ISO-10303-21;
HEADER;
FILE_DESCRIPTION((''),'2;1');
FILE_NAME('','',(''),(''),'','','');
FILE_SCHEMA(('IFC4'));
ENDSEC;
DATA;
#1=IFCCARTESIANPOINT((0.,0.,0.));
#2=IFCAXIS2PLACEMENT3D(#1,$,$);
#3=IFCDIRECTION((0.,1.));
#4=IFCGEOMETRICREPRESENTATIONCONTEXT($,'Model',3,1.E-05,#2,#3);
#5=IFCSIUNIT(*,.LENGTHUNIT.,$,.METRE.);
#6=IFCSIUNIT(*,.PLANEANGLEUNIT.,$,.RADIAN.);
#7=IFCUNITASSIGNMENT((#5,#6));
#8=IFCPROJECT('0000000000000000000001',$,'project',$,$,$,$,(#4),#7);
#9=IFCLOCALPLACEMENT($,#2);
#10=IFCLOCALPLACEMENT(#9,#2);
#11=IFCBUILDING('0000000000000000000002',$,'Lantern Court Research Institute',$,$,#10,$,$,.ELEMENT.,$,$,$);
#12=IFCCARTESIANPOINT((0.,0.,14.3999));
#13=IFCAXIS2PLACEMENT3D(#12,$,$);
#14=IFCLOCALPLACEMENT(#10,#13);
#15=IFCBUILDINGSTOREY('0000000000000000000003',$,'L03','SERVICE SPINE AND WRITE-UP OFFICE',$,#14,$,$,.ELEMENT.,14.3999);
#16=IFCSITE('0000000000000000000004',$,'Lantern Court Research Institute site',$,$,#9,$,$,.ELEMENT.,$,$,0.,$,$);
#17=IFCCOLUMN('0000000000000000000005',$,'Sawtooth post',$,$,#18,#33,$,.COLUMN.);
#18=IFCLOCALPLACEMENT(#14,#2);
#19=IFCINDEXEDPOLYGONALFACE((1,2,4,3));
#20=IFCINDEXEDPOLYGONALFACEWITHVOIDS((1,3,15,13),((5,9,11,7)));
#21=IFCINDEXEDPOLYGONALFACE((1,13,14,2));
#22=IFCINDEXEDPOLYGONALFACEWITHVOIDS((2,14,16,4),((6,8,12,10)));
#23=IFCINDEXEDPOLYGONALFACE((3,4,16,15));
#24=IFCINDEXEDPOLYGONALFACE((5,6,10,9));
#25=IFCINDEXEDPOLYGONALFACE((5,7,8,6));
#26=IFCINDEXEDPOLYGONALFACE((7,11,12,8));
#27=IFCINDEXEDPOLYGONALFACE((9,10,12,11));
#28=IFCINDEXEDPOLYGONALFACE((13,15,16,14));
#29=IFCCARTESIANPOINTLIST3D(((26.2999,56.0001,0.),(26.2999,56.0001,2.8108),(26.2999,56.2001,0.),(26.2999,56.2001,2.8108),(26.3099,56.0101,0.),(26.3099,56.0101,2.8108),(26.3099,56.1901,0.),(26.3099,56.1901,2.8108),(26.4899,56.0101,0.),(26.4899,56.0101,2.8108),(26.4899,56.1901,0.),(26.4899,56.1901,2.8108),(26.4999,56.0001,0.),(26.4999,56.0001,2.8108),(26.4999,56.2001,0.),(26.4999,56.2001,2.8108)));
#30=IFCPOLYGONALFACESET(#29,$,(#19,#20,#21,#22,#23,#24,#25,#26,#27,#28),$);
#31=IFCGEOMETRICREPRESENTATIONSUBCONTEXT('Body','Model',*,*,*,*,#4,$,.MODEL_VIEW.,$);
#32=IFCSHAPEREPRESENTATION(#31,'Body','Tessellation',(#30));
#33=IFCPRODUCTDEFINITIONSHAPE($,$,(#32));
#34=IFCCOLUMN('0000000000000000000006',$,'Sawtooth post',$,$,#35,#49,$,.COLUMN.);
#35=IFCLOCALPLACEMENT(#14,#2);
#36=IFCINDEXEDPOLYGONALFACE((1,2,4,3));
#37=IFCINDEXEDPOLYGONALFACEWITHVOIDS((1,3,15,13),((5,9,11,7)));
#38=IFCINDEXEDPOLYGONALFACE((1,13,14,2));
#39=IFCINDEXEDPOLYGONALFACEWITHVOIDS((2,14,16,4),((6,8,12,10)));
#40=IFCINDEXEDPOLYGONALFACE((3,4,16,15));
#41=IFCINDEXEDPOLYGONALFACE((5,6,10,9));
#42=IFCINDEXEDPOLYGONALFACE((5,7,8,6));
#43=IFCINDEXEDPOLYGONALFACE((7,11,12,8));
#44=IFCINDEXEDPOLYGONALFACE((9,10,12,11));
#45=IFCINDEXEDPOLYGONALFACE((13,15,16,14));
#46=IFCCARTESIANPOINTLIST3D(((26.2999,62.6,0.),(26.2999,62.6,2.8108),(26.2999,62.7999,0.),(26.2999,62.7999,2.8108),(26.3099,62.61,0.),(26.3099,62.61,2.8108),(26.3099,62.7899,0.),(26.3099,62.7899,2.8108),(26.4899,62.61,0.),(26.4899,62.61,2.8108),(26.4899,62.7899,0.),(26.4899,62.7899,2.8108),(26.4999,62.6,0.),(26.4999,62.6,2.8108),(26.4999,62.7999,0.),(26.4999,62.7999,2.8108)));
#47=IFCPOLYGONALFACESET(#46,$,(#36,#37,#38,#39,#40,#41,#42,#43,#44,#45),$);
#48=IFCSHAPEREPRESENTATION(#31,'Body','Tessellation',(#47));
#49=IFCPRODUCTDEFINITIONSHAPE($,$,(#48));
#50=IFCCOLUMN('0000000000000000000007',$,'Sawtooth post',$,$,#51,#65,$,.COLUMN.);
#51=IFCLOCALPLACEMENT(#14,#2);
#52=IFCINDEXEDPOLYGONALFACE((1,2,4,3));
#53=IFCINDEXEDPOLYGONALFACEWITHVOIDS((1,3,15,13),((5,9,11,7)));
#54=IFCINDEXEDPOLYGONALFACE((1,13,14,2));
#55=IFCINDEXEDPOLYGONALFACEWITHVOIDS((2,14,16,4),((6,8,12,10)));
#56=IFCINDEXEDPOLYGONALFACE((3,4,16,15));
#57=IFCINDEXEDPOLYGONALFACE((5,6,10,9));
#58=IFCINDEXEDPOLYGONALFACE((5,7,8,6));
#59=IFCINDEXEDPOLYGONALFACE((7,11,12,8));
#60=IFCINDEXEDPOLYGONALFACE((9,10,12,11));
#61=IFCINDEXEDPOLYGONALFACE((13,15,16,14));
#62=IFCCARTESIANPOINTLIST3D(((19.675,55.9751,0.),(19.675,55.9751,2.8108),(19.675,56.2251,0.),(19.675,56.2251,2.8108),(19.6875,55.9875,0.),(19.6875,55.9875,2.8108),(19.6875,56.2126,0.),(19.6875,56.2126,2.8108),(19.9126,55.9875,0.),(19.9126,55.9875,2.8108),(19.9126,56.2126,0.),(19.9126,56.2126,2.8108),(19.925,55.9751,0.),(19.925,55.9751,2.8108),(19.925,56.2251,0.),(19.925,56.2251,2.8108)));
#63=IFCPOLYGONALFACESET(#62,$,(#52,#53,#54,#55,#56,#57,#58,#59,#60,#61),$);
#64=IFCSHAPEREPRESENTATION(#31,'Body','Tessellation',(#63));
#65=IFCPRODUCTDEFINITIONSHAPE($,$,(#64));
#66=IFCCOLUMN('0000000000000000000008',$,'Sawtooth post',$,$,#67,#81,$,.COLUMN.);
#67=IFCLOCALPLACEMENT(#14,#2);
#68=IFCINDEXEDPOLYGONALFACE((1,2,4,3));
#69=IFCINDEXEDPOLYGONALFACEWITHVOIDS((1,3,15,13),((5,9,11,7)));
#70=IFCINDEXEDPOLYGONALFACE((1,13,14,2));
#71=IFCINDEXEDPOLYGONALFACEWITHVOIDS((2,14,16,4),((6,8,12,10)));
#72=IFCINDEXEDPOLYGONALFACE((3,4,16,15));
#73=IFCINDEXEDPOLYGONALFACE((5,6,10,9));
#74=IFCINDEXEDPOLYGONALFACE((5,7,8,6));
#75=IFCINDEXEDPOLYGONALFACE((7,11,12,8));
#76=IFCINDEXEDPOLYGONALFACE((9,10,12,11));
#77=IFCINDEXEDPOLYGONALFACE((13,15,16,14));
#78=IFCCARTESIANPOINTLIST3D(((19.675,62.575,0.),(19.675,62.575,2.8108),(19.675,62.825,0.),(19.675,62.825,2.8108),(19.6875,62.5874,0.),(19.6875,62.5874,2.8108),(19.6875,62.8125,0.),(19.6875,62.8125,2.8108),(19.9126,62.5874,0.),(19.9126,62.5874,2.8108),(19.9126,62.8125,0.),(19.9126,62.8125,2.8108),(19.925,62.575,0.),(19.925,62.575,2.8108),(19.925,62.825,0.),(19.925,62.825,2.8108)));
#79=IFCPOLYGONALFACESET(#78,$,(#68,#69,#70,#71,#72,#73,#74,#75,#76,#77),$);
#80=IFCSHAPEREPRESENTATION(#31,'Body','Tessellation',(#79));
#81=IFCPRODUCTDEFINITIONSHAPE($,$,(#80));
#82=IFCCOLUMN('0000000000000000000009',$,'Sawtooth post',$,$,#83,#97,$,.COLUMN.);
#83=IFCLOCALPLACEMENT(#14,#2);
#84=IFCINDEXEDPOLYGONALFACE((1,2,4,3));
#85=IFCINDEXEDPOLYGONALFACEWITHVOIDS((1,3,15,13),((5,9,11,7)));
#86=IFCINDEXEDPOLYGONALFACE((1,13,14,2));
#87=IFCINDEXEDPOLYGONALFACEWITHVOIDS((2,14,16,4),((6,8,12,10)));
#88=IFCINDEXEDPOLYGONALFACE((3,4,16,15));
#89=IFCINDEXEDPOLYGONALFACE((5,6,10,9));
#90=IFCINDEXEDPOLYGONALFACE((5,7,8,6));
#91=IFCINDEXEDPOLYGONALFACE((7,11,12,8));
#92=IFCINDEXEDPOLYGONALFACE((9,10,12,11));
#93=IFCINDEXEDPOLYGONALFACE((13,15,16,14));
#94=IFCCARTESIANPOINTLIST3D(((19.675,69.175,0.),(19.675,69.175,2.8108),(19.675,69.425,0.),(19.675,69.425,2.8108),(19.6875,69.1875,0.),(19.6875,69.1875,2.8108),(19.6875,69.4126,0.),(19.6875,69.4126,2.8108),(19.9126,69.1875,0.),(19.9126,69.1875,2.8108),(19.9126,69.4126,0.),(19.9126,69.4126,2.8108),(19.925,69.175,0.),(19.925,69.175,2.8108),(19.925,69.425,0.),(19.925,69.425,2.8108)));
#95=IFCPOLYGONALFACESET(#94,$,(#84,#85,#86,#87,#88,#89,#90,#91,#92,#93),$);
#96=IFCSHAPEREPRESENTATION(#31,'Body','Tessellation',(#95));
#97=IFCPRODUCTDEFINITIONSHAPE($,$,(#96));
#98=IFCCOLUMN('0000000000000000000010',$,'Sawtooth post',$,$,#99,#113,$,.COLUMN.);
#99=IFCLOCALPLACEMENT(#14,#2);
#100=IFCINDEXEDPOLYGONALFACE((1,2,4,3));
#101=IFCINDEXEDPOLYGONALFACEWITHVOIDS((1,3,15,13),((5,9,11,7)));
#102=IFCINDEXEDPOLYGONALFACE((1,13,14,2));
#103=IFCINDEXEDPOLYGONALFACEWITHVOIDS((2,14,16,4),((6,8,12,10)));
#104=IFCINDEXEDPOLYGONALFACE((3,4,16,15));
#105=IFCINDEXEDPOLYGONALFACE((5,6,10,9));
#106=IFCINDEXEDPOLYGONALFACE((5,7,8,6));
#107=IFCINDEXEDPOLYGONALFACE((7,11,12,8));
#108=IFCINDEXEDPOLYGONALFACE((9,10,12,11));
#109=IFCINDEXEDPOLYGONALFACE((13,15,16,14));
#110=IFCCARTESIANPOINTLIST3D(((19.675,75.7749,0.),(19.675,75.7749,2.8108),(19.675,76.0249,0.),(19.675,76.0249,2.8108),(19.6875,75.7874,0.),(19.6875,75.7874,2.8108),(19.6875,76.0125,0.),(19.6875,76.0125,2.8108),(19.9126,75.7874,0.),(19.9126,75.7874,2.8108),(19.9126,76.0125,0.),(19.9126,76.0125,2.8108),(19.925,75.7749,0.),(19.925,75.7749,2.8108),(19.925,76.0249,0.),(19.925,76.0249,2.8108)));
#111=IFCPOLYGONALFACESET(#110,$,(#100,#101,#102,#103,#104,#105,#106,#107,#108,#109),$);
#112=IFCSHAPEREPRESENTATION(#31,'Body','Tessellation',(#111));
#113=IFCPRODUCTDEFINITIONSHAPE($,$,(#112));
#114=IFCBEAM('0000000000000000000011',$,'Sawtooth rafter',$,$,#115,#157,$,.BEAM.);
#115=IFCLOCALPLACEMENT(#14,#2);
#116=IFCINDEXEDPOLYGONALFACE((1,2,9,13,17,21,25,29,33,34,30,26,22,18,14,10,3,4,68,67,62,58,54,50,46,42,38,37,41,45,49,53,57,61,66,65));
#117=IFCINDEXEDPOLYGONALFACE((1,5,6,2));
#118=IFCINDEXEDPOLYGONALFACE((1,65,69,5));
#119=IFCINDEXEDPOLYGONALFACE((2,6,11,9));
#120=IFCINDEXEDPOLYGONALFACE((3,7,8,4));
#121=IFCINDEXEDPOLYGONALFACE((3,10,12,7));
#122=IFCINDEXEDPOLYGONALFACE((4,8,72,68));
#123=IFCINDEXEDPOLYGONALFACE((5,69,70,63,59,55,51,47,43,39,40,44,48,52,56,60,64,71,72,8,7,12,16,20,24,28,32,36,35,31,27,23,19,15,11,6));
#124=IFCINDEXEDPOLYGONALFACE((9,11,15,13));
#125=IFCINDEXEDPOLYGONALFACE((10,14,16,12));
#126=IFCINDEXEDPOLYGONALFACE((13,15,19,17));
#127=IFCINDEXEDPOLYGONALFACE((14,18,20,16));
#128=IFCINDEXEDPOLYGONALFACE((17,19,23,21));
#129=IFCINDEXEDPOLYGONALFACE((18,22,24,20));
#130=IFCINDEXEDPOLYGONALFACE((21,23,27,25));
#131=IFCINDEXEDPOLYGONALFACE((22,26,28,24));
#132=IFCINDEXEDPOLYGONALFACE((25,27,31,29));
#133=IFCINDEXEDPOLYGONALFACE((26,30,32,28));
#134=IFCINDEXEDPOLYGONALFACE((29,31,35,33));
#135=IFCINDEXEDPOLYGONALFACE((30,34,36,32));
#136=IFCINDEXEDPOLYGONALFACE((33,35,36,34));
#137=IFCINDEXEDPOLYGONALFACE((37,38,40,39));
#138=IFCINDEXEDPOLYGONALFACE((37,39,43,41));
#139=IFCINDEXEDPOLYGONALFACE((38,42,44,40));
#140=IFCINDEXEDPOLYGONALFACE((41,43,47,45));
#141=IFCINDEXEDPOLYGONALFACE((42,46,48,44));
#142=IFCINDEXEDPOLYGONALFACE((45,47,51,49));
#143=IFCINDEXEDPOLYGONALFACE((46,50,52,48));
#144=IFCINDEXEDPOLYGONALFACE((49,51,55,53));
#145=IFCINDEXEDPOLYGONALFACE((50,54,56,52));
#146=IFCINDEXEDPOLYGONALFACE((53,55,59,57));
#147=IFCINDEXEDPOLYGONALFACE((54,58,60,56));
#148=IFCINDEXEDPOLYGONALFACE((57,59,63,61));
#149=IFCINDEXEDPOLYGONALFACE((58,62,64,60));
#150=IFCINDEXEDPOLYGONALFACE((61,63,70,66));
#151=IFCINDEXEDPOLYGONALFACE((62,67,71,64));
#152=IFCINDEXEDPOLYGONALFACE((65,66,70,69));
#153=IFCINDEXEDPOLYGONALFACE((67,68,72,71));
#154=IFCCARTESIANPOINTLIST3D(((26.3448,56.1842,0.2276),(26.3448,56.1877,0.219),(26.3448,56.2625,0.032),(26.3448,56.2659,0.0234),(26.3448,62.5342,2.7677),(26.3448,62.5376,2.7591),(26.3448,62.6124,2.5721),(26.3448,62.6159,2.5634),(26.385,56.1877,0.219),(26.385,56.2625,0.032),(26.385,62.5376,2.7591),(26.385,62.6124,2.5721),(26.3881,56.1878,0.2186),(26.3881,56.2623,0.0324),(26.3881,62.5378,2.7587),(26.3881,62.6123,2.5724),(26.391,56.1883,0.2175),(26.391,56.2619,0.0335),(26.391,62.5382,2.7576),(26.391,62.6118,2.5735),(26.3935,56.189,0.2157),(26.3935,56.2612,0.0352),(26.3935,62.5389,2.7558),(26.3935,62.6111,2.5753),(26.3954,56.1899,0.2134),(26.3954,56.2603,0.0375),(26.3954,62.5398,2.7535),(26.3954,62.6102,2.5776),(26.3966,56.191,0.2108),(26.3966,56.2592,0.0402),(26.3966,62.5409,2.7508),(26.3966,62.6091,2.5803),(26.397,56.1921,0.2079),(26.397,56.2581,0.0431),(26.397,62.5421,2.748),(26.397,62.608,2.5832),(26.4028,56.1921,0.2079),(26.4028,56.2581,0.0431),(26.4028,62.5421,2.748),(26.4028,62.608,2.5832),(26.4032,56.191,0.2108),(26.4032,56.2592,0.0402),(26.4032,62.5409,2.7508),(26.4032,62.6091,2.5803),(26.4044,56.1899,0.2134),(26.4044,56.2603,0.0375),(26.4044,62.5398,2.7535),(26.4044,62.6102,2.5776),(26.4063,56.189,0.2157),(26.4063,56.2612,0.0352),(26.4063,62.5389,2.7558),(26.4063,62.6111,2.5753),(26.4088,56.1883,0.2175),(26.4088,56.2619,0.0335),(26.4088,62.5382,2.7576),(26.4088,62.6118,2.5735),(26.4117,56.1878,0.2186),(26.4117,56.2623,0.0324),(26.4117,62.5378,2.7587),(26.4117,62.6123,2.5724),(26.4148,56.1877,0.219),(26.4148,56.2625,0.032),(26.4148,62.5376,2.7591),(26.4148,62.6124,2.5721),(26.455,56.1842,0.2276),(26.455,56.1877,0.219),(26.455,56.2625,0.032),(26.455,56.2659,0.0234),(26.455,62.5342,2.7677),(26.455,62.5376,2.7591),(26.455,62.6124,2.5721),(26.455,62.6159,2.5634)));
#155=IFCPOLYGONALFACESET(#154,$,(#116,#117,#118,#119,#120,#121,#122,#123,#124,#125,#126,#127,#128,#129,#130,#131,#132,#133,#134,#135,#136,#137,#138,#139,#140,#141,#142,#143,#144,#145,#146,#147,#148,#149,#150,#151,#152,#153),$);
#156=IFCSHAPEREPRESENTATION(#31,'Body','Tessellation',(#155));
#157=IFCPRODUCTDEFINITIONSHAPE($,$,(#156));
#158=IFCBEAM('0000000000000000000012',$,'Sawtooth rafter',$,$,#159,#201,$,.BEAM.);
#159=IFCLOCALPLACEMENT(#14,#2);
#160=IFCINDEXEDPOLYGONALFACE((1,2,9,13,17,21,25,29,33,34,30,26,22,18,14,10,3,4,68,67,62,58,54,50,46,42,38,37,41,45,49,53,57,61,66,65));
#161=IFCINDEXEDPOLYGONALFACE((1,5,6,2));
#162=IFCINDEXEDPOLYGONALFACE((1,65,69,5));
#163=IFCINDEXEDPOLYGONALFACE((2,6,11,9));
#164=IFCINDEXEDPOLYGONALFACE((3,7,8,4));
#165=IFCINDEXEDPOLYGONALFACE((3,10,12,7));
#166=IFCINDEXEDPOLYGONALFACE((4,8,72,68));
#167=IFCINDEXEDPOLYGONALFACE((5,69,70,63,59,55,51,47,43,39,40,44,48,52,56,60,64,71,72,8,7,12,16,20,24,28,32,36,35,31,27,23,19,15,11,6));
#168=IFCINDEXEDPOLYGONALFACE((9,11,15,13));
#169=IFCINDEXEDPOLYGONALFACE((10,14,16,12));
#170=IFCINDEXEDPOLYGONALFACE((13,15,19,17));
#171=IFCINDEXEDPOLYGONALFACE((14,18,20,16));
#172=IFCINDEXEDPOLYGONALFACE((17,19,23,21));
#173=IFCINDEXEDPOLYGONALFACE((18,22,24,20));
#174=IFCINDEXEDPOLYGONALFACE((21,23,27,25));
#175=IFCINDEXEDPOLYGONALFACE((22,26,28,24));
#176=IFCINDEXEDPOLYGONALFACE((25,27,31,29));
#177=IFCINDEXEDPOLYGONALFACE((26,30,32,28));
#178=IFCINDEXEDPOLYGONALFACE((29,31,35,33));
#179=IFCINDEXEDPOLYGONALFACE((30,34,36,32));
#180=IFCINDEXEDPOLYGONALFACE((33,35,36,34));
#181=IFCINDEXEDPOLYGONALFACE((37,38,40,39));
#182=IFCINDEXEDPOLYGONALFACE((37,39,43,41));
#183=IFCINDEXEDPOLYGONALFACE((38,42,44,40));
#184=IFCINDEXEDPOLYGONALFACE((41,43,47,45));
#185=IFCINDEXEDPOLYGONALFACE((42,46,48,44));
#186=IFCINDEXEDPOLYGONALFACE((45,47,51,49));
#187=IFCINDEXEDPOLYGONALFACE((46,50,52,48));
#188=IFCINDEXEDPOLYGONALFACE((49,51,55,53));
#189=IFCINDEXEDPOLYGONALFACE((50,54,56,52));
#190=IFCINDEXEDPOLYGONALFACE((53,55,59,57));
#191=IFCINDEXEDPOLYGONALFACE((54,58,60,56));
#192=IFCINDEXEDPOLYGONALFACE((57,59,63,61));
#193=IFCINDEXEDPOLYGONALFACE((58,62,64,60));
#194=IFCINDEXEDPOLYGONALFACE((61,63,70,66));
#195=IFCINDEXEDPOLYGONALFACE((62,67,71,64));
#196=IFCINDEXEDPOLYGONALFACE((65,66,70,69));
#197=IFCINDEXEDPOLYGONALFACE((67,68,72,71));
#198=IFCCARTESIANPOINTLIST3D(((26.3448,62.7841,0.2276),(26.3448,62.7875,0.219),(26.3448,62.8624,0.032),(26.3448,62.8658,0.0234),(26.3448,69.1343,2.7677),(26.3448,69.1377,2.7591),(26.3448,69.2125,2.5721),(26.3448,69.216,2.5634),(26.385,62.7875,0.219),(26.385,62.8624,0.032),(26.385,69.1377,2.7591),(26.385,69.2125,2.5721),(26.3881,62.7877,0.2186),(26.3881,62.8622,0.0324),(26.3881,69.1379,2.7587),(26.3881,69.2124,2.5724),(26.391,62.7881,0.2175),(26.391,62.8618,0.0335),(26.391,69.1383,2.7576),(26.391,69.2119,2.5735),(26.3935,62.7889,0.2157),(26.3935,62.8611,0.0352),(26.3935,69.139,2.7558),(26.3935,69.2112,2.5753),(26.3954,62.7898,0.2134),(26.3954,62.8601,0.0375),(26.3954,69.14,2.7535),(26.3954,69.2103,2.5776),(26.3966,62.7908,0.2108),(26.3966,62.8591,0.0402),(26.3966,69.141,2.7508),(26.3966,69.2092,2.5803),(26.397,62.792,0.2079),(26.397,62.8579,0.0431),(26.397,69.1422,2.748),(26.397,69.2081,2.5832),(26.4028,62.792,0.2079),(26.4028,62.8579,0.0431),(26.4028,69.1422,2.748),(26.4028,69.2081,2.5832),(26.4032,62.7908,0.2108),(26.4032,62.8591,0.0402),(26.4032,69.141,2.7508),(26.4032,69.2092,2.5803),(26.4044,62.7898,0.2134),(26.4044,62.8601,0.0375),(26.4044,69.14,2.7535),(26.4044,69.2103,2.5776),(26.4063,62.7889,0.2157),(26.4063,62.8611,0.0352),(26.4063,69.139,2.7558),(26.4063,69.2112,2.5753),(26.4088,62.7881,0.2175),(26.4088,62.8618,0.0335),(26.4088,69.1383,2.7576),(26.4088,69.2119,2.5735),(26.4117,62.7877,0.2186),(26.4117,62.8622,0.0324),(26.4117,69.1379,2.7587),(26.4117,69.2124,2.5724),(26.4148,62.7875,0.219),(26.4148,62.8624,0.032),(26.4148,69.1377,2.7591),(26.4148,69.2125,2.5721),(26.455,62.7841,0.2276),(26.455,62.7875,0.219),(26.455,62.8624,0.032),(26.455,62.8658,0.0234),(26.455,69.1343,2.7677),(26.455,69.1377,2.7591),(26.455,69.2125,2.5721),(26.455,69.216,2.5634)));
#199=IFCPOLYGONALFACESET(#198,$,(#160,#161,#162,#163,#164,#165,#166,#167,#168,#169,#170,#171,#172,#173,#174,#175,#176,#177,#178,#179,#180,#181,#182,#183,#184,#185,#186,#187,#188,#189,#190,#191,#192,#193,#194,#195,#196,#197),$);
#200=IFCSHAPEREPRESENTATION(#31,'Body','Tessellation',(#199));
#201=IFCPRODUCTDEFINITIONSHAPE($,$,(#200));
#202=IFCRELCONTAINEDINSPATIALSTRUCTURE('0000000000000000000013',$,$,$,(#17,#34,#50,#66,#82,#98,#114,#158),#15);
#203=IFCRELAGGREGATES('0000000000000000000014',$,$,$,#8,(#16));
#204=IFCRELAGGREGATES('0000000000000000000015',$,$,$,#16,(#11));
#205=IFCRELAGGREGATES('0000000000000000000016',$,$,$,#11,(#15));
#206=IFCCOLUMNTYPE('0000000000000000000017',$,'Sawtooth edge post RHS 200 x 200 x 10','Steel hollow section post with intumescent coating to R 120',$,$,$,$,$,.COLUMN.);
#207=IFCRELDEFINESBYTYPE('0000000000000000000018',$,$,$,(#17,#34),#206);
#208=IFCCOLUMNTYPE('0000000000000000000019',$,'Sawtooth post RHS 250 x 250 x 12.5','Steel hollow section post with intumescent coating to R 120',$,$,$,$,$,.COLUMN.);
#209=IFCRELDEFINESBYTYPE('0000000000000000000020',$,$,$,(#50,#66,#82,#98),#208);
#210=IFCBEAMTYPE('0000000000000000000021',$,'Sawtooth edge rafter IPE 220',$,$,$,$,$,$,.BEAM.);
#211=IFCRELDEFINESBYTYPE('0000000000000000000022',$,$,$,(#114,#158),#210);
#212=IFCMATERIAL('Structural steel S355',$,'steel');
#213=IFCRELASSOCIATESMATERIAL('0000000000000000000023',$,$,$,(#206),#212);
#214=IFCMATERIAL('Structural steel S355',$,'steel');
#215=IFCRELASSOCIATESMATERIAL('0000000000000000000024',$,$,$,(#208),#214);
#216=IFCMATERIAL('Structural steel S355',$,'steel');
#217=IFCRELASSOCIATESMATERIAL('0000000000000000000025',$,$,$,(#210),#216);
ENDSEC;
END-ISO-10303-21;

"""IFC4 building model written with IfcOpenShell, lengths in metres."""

from ifc_helpers import new_model, si_unit, direction, frame, origin, origin_2d, place, context, subcontext, project, spatial, hollow_rectangle, i_section, extrude, material, material_profile, profile_set, type_object, element, save


model = new_model("IFC4")

# Units and contexts
model_context = context("Model", 3, precision=1e-05, world=origin(), true_north=direction((0.0, 1.0)))
body_context = subcontext(model_context, "Body", "Model", "MODEL_VIEW")
ifc_project = project(units=[si_unit("LENGTHUNIT", "METRE"), si_unit("PLANEANGLEUNIT", "RADIAN")], contexts=[model_context])

# Site, building, storey
site_placement = place(None, origin())
site = spatial("IfcSite", under=ifc_project, at=site_placement, Name="Lantern Court Research Institute site", CompositionType="ELEMENT", RefElevation=0.0)
building_placement = place(site_placement, origin())
building = spatial("IfcBuilding", under=site, at=building_placement, Name="Lantern Court Research Institute", CompositionType="ELEMENT")
storey_placement = place(building_placement, frame((0.0, 0.0, 14.3999)))
storey = spatial("IfcBuildingStorey", under=building, at=storey_placement, Name="L03", Description="SERVICE SPINE AND WRITE-UP OFFICE", CompositionType="ELEMENT", Elevation=14.3999)

# Columns
ifc_material_1 = material(Name="Structural steel S355", Category="steel")
ifc_material_profile_1 = material_profile(ifc_material_1, hollow_rectangle(XDim=0.2, YDim=0.2, WallThickness=0.01, at=origin_2d()), Name="Sawtooth edge post RHS 200 x 200 x 10")
ifc_profile_set_1 = profile_set([ifc_material_profile_1], Name="Structural steel S355")
column_type_1 = type_object("IfcColumnType", Name="Sawtooth edge post RHS 200 x 200 x 10", Description="Steel hollow section post with intumescent coating to R 120", PredefinedType="COLUMN", material=ifc_profile_set_1)
for number, where, z_axis, x_axis, name in (
    (1, (26.3999, 56.1001, 0.0), (0.0, 0.0, 1.0), (1.0, 0.0, 0.0), "Sawtooth post"),
    (2, (26.3999, 62.7, 0.0), (0.0, 0.0, 1.0), (1.0, 0.0, 0.0), "Sawtooth post"),
):
    element("IfcColumn", number, at=place(storey_placement, frame(where, z_axis=z_axis, x_axis=x_axis)), inside=storey, type_object=column_type_1, Name=name, PredefinedType="COLUMN", context=body_context, shape_type="SweptSolid", body=[
        extrude(hollow_rectangle(XDim=0.2, YDim=0.2, WallThickness=0.01, at=origin_2d()), origin(), (0.0, 0.0, 1.0), 2.8108),
    ])
ifc_material_2 = material(Name="Structural steel S355", Category="steel")
ifc_material_profile_2 = material_profile(ifc_material_2, hollow_rectangle(XDim=0.25, YDim=0.25, WallThickness=0.0125, at=origin_2d()), Name="Sawtooth post RHS 250 x 250 x 12.5")
ifc_profile_set_2 = profile_set([ifc_material_profile_2], Name="Structural steel S355")
column_type_2 = type_object("IfcColumnType", Name="Sawtooth post RHS 250 x 250 x 12.5", Description="Steel hollow section post with intumescent coating to R 120", PredefinedType="COLUMN", material=ifc_profile_set_2)
for number, where, z_axis, x_axis, name in (
    (3, (19.8, 56.1001, 0.0), (0.0, 0.0, 1.0), (1.0, 0.0, 0.0), "Sawtooth post"),
    (4, (19.8, 62.7, 0.0), (0.0, 0.0, 1.0), (1.0, 0.0, 0.0), "Sawtooth post"),
    (5, (19.8, 69.3, 0.0), (0.0, 0.0, 1.0), (1.0, 0.0, 0.0), "Sawtooth post"),
    (6, (19.8, 75.8999, 0.0), (0.0, 0.0, 1.0), (1.0, 0.0, 0.0), "Sawtooth post"),
):
    element("IfcColumn", number, at=place(storey_placement, frame(where, z_axis=z_axis, x_axis=x_axis)), inside=storey, type_object=column_type_2, Name=name, PredefinedType="COLUMN", context=body_context, shape_type="SweptSolid", body=[
        extrude(hollow_rectangle(XDim=0.25, YDim=0.25, WallThickness=0.0125, at=origin_2d()), origin(), (0.0, 0.0, 1.0), 2.8108),
    ])

# Beams
ifc_material_3 = material(Name="Structural steel S355", Category="steel")
ifc_material_profile_3 = material_profile(ifc_material_3, i_section(OverallWidth=0.1101, OverallDepth=0.22, WebThickness=0.0059, FlangeThickness=0.0093, FilletRadius=0.012, at=origin_2d()), Name="IPE 220")
ifc_profile_set_3 = profile_set([ifc_material_profile_3], Name="Structural steel S355")
beam_type = type_object("IfcBeamType", Name="Sawtooth edge rafter IPE 220", PredefinedType="BEAM", material=ifc_profile_set_3)
beam_1_placement = place(storey_placement, frame((26.3999, 56.2251, 0.1255), z_axis=(0.0, 0.928472, 0.371403), x_axis=(-1.0, 0.0, 0.0)))
element("IfcBeam", 7, at=beam_1_placement, inside=storey, type_object=beam_type, Name="Sawtooth rafter", PredefinedType="BEAM", context=body_context, shape_type="SweptSolid", body=[
    extrude(i_section(OverallWidth=0.1101, OverallDepth=0.22, WebThickness=0.0059, FlangeThickness=0.0093, FilletRadius=0.012, at=origin_2d()), origin(), (0.0, 0.0, 1.0), 6.8391),
])
beam_2_placement = place(storey_placement, frame((26.3999, 62.825, 0.1255), z_axis=(0.0, 0.928477, 0.371391), x_axis=(-1.0, 0.0, 0.0)))
element("IfcBeam", 8, at=beam_2_placement, inside=storey, type_object=beam_type, Name="Sawtooth rafter", PredefinedType="BEAM", context=body_context, shape_type="SweptSolid", body=[
    extrude(i_section(OverallWidth=0.1101, OverallDepth=0.22, WebThickness=0.0059, FlangeThickness=0.0093, FilletRadius=0.012, at=origin_2d()), origin(), (0.0, 0.0, 1.0), 6.8394),
])

save(model, "model.ifc")
